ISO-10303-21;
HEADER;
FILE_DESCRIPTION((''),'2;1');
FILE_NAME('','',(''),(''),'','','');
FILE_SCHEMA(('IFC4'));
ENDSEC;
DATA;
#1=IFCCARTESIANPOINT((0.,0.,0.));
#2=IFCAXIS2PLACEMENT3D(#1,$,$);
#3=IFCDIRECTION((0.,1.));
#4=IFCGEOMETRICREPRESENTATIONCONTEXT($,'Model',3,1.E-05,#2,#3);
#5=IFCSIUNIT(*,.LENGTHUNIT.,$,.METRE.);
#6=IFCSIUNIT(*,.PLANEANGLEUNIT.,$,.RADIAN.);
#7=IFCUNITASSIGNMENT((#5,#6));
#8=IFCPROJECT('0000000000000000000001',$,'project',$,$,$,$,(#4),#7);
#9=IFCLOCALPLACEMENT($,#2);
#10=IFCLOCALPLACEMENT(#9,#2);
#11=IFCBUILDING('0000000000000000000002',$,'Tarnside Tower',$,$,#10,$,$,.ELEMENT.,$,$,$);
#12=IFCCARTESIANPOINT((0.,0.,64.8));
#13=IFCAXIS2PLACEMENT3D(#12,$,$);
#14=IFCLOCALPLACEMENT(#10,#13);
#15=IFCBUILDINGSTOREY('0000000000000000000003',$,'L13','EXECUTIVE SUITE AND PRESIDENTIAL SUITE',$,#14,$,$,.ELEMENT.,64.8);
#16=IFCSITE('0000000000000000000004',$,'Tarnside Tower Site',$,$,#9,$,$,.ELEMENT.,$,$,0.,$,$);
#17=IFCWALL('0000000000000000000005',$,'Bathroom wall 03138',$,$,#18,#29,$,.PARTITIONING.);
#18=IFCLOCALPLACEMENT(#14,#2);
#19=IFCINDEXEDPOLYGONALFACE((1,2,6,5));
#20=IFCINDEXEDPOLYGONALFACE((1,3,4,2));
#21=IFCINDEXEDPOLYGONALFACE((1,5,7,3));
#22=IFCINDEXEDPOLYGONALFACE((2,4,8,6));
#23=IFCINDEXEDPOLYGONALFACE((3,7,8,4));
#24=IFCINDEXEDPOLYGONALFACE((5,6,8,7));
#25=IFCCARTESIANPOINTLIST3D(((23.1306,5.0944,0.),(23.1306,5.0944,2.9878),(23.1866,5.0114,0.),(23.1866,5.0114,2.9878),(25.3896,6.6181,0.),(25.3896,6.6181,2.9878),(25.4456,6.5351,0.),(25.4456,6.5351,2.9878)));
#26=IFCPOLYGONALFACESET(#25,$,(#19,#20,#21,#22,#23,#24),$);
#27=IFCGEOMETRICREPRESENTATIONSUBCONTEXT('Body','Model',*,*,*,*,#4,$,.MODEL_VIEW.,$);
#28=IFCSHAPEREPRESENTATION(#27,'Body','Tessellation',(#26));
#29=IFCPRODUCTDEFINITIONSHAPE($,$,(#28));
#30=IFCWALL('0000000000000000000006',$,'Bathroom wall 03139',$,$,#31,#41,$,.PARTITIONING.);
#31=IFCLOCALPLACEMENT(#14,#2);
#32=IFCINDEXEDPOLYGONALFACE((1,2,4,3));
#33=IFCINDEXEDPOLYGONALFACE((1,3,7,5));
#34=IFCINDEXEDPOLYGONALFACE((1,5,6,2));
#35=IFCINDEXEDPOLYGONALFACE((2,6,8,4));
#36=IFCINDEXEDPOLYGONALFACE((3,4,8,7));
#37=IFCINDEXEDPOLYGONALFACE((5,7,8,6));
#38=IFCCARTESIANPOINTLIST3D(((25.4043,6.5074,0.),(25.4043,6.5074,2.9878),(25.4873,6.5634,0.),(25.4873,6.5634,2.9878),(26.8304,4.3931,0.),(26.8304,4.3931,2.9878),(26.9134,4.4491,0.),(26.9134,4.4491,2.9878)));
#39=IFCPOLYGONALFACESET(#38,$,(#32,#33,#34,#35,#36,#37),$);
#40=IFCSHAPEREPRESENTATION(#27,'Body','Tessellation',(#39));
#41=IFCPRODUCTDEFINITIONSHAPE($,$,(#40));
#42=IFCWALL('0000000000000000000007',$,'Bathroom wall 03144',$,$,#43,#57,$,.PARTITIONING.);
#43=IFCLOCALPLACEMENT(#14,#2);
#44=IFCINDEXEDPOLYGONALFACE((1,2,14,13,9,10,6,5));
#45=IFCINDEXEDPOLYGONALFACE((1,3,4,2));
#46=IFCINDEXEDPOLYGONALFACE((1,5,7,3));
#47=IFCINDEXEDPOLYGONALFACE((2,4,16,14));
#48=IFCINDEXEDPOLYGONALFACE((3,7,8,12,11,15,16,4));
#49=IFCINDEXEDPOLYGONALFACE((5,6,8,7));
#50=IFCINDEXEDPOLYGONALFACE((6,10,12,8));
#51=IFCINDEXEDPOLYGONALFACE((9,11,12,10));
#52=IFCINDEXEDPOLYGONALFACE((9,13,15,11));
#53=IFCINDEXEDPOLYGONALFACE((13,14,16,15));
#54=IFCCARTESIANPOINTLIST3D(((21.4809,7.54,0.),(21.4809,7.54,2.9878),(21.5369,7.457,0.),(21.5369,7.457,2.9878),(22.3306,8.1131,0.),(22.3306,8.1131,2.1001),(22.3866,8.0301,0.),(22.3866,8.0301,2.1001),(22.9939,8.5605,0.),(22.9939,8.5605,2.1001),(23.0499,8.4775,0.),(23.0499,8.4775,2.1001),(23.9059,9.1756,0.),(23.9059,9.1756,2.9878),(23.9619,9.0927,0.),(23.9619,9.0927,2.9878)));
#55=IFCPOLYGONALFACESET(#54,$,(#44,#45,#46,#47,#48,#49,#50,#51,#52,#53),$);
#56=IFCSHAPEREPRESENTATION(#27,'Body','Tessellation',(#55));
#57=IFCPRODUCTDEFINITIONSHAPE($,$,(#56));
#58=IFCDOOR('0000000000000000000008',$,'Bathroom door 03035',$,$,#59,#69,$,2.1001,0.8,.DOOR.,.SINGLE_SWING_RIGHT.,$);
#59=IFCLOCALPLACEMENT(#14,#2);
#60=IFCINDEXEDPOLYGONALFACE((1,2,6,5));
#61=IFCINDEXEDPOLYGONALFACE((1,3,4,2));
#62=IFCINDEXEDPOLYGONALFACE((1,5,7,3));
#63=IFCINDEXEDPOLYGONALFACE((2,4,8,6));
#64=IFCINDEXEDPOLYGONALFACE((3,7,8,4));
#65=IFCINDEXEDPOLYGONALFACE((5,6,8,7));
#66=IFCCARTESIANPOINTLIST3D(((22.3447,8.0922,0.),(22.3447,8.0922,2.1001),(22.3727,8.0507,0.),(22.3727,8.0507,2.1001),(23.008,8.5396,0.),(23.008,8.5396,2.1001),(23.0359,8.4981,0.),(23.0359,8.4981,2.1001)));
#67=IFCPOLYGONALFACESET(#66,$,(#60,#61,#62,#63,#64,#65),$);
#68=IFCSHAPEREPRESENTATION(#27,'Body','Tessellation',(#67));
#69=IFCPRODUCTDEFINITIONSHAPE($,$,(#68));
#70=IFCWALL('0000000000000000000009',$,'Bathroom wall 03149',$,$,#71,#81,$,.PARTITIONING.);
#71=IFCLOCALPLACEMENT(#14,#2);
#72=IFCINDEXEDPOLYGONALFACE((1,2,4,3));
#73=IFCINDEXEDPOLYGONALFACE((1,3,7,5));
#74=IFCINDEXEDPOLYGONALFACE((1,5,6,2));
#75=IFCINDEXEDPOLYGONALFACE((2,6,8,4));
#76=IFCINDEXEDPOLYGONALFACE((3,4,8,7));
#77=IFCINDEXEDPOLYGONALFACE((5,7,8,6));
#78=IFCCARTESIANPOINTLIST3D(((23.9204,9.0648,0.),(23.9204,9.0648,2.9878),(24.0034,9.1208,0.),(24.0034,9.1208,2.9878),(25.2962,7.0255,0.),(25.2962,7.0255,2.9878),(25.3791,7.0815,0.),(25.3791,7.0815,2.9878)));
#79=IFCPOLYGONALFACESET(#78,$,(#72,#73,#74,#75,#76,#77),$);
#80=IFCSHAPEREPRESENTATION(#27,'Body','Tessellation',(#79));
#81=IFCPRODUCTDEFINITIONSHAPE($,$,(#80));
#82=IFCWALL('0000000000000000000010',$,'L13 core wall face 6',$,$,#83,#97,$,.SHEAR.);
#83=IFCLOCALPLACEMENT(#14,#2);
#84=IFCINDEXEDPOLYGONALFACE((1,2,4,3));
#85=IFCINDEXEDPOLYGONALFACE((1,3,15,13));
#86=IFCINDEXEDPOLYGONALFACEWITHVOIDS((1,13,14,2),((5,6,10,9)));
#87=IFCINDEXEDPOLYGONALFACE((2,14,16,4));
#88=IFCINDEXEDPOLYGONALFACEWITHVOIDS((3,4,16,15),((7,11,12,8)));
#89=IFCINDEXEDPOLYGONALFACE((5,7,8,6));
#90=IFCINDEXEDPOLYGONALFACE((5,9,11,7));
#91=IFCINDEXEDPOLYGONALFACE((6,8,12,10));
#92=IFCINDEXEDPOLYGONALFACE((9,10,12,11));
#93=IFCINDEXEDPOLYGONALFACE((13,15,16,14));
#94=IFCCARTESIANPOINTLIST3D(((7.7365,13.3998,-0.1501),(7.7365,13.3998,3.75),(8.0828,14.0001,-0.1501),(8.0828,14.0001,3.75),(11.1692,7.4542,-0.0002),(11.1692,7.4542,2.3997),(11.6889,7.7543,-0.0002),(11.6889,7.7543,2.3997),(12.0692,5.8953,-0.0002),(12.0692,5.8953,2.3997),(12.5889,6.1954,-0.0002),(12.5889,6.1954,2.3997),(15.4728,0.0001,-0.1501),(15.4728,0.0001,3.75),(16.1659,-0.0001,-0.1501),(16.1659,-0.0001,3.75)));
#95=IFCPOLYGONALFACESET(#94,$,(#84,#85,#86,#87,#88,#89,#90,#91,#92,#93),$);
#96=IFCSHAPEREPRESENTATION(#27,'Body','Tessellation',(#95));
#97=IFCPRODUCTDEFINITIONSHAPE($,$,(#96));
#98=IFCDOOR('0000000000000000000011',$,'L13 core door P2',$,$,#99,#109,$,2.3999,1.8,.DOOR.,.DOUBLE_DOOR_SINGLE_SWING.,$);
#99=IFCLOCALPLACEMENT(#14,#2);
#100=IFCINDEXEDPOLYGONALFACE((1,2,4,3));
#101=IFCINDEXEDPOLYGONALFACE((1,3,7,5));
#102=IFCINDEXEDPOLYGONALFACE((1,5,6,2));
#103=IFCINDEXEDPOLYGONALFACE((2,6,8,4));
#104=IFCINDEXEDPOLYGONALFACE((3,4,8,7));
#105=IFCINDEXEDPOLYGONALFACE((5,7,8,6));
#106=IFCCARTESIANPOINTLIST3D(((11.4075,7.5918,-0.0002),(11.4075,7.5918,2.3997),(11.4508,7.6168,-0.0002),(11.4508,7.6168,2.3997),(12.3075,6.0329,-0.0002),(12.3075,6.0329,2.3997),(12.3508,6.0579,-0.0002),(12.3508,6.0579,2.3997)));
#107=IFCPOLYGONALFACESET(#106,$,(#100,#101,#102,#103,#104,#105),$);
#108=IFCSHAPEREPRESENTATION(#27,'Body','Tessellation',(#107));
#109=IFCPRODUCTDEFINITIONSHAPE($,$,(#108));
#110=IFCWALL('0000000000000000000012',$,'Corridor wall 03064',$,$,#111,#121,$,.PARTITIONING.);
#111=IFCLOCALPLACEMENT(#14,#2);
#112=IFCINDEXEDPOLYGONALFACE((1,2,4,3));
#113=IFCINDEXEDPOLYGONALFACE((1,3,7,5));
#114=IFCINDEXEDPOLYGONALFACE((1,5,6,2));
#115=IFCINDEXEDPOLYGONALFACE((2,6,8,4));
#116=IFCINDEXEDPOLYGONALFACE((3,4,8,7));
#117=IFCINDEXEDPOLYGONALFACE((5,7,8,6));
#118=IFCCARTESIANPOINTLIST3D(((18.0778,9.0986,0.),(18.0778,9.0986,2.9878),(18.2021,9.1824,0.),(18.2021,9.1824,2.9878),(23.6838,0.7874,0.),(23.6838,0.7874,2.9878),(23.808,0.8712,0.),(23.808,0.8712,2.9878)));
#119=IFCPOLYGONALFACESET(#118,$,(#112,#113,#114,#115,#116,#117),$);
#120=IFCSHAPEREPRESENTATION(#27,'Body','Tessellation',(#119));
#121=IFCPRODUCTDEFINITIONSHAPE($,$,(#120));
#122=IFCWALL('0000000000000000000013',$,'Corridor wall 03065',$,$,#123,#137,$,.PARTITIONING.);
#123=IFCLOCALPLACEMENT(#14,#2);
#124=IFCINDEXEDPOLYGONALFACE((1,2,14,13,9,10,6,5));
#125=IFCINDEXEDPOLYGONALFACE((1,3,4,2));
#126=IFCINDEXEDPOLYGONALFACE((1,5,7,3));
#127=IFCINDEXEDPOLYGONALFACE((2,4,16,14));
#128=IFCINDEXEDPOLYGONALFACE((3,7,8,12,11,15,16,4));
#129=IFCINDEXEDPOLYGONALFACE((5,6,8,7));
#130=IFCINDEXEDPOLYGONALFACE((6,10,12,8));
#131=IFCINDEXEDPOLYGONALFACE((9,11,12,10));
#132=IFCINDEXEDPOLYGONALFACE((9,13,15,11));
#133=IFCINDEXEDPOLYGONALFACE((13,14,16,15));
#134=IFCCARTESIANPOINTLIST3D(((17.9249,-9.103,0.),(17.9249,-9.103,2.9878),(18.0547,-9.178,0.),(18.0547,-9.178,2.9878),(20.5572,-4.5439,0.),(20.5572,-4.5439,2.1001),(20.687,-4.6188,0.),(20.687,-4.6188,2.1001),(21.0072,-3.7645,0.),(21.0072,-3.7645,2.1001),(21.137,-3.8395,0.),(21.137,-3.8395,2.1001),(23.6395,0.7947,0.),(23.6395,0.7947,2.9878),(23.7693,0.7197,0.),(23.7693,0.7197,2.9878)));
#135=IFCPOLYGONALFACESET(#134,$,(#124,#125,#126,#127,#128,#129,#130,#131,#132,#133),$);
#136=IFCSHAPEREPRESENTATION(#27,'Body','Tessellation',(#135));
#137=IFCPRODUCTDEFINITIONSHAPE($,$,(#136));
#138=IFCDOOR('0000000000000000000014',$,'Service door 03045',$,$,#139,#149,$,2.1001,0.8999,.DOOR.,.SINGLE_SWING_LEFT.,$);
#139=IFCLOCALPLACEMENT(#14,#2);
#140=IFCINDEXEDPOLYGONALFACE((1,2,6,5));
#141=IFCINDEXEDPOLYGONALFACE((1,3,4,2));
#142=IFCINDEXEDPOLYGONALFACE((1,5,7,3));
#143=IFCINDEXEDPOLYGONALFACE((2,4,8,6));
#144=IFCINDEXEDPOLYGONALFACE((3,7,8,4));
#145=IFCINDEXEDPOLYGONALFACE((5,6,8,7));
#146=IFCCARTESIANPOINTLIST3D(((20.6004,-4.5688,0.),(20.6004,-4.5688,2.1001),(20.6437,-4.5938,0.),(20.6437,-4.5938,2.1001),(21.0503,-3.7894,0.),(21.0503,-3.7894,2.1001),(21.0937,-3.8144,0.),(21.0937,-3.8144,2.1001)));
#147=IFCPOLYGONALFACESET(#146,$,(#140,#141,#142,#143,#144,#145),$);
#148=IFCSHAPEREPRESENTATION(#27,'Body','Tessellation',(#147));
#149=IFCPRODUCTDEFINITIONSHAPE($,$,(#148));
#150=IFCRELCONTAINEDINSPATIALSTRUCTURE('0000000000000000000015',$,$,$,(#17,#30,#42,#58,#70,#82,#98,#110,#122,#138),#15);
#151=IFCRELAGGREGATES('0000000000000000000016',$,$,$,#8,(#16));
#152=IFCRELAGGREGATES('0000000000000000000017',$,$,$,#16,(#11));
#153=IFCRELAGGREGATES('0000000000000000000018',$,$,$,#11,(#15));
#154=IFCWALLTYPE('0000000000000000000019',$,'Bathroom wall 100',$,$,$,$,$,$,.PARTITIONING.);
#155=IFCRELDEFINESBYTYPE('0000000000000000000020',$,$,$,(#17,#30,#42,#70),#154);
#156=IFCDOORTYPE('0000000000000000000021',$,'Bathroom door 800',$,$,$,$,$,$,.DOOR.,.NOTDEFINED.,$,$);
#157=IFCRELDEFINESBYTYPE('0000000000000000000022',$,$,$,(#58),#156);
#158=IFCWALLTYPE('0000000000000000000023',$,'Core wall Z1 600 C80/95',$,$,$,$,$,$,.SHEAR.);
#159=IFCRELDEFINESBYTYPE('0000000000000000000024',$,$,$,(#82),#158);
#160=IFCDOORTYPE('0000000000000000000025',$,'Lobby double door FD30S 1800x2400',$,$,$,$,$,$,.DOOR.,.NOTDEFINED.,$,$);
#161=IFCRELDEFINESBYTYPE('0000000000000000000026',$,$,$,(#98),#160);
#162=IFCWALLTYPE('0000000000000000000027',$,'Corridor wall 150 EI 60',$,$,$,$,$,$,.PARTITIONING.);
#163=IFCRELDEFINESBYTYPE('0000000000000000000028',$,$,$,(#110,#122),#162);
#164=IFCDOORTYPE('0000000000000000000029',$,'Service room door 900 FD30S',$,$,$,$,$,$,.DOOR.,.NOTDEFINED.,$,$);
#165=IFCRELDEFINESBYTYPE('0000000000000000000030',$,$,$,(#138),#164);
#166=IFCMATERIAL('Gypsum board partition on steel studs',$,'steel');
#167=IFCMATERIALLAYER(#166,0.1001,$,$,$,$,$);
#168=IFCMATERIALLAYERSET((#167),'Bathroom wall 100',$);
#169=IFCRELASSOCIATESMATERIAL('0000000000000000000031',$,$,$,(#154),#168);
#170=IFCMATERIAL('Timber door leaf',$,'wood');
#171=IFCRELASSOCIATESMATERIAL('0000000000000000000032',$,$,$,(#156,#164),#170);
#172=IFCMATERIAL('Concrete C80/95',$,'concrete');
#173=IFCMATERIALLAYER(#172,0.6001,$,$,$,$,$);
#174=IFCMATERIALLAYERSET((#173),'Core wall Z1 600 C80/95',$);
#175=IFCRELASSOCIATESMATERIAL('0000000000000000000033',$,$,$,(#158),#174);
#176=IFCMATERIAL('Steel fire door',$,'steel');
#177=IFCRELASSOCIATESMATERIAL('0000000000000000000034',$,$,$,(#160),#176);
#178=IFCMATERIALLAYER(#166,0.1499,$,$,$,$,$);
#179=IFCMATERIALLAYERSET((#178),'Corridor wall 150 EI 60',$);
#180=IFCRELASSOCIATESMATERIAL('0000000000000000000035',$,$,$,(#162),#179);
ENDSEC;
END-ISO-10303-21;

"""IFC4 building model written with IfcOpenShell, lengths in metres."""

from ifc_helpers import new_model, si_unit, direction, frame, frame_2d, origin, place, context, subcontext, project, spatial, polyline, rectangle, outline, extrude, material, layer, layer_set, type_object, element, fill, save


model = new_model("IFC4")

# Units and contexts
model_context = context("Model", 3, precision=1e-05, world=origin(), true_north=direction((0.0, 1.0)))
body_context = subcontext(model_context, "Body", "Model", "MODEL_VIEW")
ifc_project = project(units=[si_unit("LENGTHUNIT", "METRE"), si_unit("PLANEANGLEUNIT", "RADIAN")], contexts=[model_context])

# Site, building, storey
site_placement = place(None, origin())
site = spatial("IfcSite", under=ifc_project, at=site_placement, Name="Tarnside Tower Site", CompositionType="ELEMENT", RefElevation=0.0)
building_placement = place(site_placement, origin())
building = spatial("IfcBuilding", under=site, at=building_placement, Name="Tarnside Tower", CompositionType="ELEMENT")
storey_placement = place(building_placement, frame((0.0, 0.0, 64.8)))
storey = spatial("IfcBuildingStorey", under=building, at=storey_placement, Name="L13", Description="EXECUTIVE SUITE AND PRESIDENTIAL SUITE", CompositionType="ELEMENT", Elevation=64.8)

# Walls
ifc_material_1 = material(Name="Gypsum board partition on steel studs", Category="steel")
ifc_layer_1 = layer(ifc_material_1, 0.1001)
ifc_layer_set_1 = layer_set([ifc_layer_1], Name="Bathroom wall 100")
wall_type_1 = type_object("IfcWallType", Name="Bathroom wall 100", PredefinedType="PARTITIONING", material=ifc_layer_set_1)
wall_1_placement = place(storey_placement, frame((23.1587, 5.053, 0.0), z_axis=(0.0, 0.0, 1.0), x_axis=(0.829047, 0.559179, 0.0)))
element("IfcWall", 1, at=wall_1_placement, inside=storey, type_object=wall_type_1, Name="Bathroom wall 03138", PredefinedType="PARTITIONING", context=body_context, shape_type="SweptSolid", body=[
    extrude(rectangle(XDim=2.7249, YDim=0.1001, at=frame_2d((1.3623, 0.0))), origin(), (0.0, 0.0, 1.0), 2.9878),
])
wall_2_placement = place(storey_placement, frame((25.4458, 6.5354, 0.0), z_axis=(0.0, 0.0, 1.0), x_axis=(0.559177, -0.829048, 0.0)))
element("IfcWall", 2, at=wall_2_placement, inside=storey, type_object=wall_type_1, Name="Bathroom wall 03139", PredefinedType="PARTITIONING", context=body_context, shape_type="SweptSolid", body=[
    extrude(rectangle(XDim=2.5503, YDim=0.1001, at=frame_2d((1.2751, 0.0))), origin(), (0.0, 0.0, 1.0), 2.9878),
])

# Wall, opening, door
wall_3_placement = place(storey_placement, frame((21.509, 7.4985, 0.0), z_axis=(0.0, 0.0, 1.0), x_axis=(0.829033, 0.559199, 0.0)))
wall_3 = element("IfcWall", 3, at=wall_3_placement, inside=storey, type_object=wall_type_1, Name="Bathroom wall 03144", PredefinedType="PARTITIONING", context=body_context, shape_type="SweptSolid", body=[
    extrude(rectangle(XDim=2.925, YDim=0.1001, at=frame_2d((1.4624, 0.0))), origin(), (0.0, 0.0, 1.0), 2.9878),
])
opening_1_placement = place(wall_3_placement, frame((1.0249, 0.0, 0.0)))
opening_1 = element("IfcOpeningElement", 4, at=opening_1_placement, cuts=wall_3, PredefinedType="OPENING", context=body_context, shape_type="SweptSolid", body=[
    extrude(rectangle(XDim=0.8, YDim=2.1001, at=frame_2d((0.3999, 1.05))), frame((0.0, 0.0601, 0.0), z_axis=(0.0, -1.0, 0.0), x_axis=(1.0, 0.0, 0.0)), (0.0, 0.0, 1.0), 0.1201),
])
ifc_material_2 = material(Name="Timber door leaf", Category="wood")
door_type_1 = type_object("IfcDoorType", Name="Bathroom door 800", OperationType="NOTDEFINED", PredefinedType="DOOR", material=ifc_material_2)
door_1_placement = place(opening_1_placement, origin())
door_1 = element("IfcDoor", 5, at=door_1_placement, inside=storey, type_object=door_type_1, Name="Bathroom door 03035", OperationType="SINGLE_SWING_RIGHT", OverallHeight=2.1001, OverallWidth=0.8, PredefinedType="DOOR", context=body_context, shape_type="SweptSolid", body=[
    extrude(rectangle(XDim=0.8, YDim=2.1001, at=frame_2d((0.3999, 1.05))), frame((0.0, 0.0249, 0.0), z_axis=(0.0, -1.0, 0.0), x_axis=(1.0, 0.0, 0.0)), (0.0, 0.0, 1.0), 0.05),
])
fill(opening_1, door_1)

# Wall
wall_4_placement = place(storey_placement, frame((25.3376, 7.0535, 0.0), z_axis=(0.0, 0.0, 1.0), x_axis=(-0.55925, 0.828999, 0.0)))
element("IfcWall", 6, at=wall_4_placement, inside=storey, type_object=wall_type_1, Name="Bathroom wall 03149", PredefinedType="PARTITIONING", context=body_context, shape_type="SweptSolid", body=[
    extrude(rectangle(XDim=2.46, YDim=0.1001, at=frame_2d((1.23, 0.0))), origin(), (0.0, 0.0, 1.0), 2.9878),
])

# Wall, opening, door
ifc_material_3 = material(Name="Concrete C80/95", Category="concrete")
ifc_layer_2 = layer(ifc_material_3, 0.6001)
ifc_layer_set_2 = layer_set([ifc_layer_2], Name="Core wall Z1 600 C80/95")
wall_type_2 = type_object("IfcWallType", Name="Core wall Z1 600 C80/95", PredefinedType="SHEAR", material=ifc_layer_set_2)
wall_5_placement = place(storey_placement, frame((15.8193, 0.0, -0.1501), z_axis=(0.0, 0.0, 1.0), x_axis=(-0.5, 0.866025, 0.0)))
wall_5 = element("IfcWall", 7, at=wall_5_placement, inside=storey, type_object=wall_type_2, Name="L13 core wall face 6", PredefinedType="SHEAR", context=body_context, shape_type="SweptSolid", body=[
    extrude(outline(polyline([(-0.1733, -0.3), (15.9927, -0.3), (15.646, 0.3), (0.1733, 0.3), (-0.1733, -0.3)])), origin(), (0.0, 0.0, 1.0), 3.9001),
])
opening_2_placement = place(wall_5_placement, frame((6.9807, 0.0, 0.1499)))
opening_2 = element("IfcOpeningElement", 8, at=opening_2_placement, cuts=wall_5, PredefinedType="OPENING", context=body_context, shape_type="SweptSolid", body=[
    extrude(rectangle(XDim=1.8, YDim=2.3999, at=frame_2d((0.8999, 1.2))), frame((0.0, 0.3101, 0.0), z_axis=(0.0, -1.0, 0.0), x_axis=(1.0, 0.0, 0.0)), (0.0, 0.0, 1.0), 0.6201),
])
ifc_material_4 = material(Name="Steel fire door", Category="steel")
door_type_2 = type_object("IfcDoorType", Name="Lobby double door FD30S 1800x2400", OperationType="NOTDEFINED", PredefinedType="DOOR", material=ifc_material_4)
door_2_placement = place(opening_2_placement, origin())
door_2 = element("IfcDoor", 9, at=door_2_placement, inside=storey, type_object=door_type_2, Name="L13 core door P2", OperationType="DOUBLE_DOOR_SINGLE_SWING", OverallHeight=2.3999, OverallWidth=1.8, PredefinedType="DOOR", context=body_context, shape_type="SweptSolid", body=[
    extrude(rectangle(XDim=1.8, YDim=2.3999, at=frame_2d((0.8999, 1.2))), frame((0.0, 0.0249, 0.0), z_axis=(0.0, -1.0, 0.0), x_axis=(1.0, 0.0, 0.0)), (0.0, 0.0, 1.0), 0.05),
])
fill(opening_2, door_2)

# Wall
ifc_layer_3 = layer(ifc_material_1, 0.1499)
ifc_layer_set_3 = layer_set([ifc_layer_3], Name="Corridor wall 150 EI 60")
wall_type_3 = type_object("IfcWallType", Name="Corridor wall 150 EI 60", PredefinedType="PARTITIONING", material=ifc_layer_set_3)
wall_6_placement = place(storey_placement, frame((18.1399, 9.1406, 0.0), z_axis=(0.0, 0.0, 1.0), x_axis=(0.559188, -0.829041, 0.0)))
element("IfcWall", 10, at=wall_6_placement, inside=storey, type_object=wall_type_3, Name="Corridor wall 03064", PredefinedType="PARTITIONING", context=body_context, shape_type="SweptSolid", body=[
    extrude(rectangle(XDim=10.0251, YDim=0.1499, at=frame_2d((5.0127, 0.0))), origin(), (0.0, 0.0, 1.0), 2.9878),
])

# Wall, opening, door
wall_7_placement = place(storey_placement, frame((23.7043, 0.7571, 0.0), z_axis=(0.0, 0.0, 1.0), x_axis=(-0.50001, -0.866019, 0.0)))
wall_7 = element("IfcWall", 11, at=wall_7_placement, inside=storey, type_object=wall_type_3, Name="Corridor wall 03065", PredefinedType="PARTITIONING", context=body_context, shape_type="SweptSolid", body=[
    extrude(rectangle(XDim=11.429, YDim=0.1499, at=frame_2d((5.7144, 0.0))), origin(), (0.0, 0.0, 1.0), 2.9878),
])
opening_3_placement = place(wall_7_placement, frame((5.2644, 0.0, 0.0)))
opening_3 = element("IfcOpeningElement", 12, at=opening_3_placement, cuts=wall_7, PredefinedType="OPENING", context=body_context, shape_type="SweptSolid", body=[
    extrude(rectangle(XDim=0.8999, YDim=2.1001, at=frame_2d((0.45, 1.05))), frame((0.0, 0.085, 0.0), z_axis=(0.0, -1.0, 0.0), x_axis=(1.0, 0.0, 0.0)), (0.0, 0.0, 1.0), 0.1699),
])
door_type_3 = type_object("IfcDoorType", Name="Service room door 900 FD30S", OperationType="NOTDEFINED", PredefinedType="DOOR", material=ifc_material_2)
door_3_placement = place(opening_3_placement, origin())
door_3 = element("IfcDoor", 13, at=door_3_placement, inside=storey, type_object=door_type_3, Name="Service door 03045", OperationType="SINGLE_SWING_LEFT", OverallHeight=2.1001, OverallWidth=0.8999, PredefinedType="DOOR", context=body_context, shape_type="SweptSolid", body=[
    extrude(rectangle(XDim=0.8999, YDim=2.1001, at=frame_2d((0.45, 1.05))), frame((0.0, 0.0249, 0.0), z_axis=(0.0, -1.0, 0.0), x_axis=(1.0, 0.0, 0.0)), (0.0, 0.0, 1.0), 0.05),
])
fill(opening_3, door_3)

save(model, "model.ifc")
